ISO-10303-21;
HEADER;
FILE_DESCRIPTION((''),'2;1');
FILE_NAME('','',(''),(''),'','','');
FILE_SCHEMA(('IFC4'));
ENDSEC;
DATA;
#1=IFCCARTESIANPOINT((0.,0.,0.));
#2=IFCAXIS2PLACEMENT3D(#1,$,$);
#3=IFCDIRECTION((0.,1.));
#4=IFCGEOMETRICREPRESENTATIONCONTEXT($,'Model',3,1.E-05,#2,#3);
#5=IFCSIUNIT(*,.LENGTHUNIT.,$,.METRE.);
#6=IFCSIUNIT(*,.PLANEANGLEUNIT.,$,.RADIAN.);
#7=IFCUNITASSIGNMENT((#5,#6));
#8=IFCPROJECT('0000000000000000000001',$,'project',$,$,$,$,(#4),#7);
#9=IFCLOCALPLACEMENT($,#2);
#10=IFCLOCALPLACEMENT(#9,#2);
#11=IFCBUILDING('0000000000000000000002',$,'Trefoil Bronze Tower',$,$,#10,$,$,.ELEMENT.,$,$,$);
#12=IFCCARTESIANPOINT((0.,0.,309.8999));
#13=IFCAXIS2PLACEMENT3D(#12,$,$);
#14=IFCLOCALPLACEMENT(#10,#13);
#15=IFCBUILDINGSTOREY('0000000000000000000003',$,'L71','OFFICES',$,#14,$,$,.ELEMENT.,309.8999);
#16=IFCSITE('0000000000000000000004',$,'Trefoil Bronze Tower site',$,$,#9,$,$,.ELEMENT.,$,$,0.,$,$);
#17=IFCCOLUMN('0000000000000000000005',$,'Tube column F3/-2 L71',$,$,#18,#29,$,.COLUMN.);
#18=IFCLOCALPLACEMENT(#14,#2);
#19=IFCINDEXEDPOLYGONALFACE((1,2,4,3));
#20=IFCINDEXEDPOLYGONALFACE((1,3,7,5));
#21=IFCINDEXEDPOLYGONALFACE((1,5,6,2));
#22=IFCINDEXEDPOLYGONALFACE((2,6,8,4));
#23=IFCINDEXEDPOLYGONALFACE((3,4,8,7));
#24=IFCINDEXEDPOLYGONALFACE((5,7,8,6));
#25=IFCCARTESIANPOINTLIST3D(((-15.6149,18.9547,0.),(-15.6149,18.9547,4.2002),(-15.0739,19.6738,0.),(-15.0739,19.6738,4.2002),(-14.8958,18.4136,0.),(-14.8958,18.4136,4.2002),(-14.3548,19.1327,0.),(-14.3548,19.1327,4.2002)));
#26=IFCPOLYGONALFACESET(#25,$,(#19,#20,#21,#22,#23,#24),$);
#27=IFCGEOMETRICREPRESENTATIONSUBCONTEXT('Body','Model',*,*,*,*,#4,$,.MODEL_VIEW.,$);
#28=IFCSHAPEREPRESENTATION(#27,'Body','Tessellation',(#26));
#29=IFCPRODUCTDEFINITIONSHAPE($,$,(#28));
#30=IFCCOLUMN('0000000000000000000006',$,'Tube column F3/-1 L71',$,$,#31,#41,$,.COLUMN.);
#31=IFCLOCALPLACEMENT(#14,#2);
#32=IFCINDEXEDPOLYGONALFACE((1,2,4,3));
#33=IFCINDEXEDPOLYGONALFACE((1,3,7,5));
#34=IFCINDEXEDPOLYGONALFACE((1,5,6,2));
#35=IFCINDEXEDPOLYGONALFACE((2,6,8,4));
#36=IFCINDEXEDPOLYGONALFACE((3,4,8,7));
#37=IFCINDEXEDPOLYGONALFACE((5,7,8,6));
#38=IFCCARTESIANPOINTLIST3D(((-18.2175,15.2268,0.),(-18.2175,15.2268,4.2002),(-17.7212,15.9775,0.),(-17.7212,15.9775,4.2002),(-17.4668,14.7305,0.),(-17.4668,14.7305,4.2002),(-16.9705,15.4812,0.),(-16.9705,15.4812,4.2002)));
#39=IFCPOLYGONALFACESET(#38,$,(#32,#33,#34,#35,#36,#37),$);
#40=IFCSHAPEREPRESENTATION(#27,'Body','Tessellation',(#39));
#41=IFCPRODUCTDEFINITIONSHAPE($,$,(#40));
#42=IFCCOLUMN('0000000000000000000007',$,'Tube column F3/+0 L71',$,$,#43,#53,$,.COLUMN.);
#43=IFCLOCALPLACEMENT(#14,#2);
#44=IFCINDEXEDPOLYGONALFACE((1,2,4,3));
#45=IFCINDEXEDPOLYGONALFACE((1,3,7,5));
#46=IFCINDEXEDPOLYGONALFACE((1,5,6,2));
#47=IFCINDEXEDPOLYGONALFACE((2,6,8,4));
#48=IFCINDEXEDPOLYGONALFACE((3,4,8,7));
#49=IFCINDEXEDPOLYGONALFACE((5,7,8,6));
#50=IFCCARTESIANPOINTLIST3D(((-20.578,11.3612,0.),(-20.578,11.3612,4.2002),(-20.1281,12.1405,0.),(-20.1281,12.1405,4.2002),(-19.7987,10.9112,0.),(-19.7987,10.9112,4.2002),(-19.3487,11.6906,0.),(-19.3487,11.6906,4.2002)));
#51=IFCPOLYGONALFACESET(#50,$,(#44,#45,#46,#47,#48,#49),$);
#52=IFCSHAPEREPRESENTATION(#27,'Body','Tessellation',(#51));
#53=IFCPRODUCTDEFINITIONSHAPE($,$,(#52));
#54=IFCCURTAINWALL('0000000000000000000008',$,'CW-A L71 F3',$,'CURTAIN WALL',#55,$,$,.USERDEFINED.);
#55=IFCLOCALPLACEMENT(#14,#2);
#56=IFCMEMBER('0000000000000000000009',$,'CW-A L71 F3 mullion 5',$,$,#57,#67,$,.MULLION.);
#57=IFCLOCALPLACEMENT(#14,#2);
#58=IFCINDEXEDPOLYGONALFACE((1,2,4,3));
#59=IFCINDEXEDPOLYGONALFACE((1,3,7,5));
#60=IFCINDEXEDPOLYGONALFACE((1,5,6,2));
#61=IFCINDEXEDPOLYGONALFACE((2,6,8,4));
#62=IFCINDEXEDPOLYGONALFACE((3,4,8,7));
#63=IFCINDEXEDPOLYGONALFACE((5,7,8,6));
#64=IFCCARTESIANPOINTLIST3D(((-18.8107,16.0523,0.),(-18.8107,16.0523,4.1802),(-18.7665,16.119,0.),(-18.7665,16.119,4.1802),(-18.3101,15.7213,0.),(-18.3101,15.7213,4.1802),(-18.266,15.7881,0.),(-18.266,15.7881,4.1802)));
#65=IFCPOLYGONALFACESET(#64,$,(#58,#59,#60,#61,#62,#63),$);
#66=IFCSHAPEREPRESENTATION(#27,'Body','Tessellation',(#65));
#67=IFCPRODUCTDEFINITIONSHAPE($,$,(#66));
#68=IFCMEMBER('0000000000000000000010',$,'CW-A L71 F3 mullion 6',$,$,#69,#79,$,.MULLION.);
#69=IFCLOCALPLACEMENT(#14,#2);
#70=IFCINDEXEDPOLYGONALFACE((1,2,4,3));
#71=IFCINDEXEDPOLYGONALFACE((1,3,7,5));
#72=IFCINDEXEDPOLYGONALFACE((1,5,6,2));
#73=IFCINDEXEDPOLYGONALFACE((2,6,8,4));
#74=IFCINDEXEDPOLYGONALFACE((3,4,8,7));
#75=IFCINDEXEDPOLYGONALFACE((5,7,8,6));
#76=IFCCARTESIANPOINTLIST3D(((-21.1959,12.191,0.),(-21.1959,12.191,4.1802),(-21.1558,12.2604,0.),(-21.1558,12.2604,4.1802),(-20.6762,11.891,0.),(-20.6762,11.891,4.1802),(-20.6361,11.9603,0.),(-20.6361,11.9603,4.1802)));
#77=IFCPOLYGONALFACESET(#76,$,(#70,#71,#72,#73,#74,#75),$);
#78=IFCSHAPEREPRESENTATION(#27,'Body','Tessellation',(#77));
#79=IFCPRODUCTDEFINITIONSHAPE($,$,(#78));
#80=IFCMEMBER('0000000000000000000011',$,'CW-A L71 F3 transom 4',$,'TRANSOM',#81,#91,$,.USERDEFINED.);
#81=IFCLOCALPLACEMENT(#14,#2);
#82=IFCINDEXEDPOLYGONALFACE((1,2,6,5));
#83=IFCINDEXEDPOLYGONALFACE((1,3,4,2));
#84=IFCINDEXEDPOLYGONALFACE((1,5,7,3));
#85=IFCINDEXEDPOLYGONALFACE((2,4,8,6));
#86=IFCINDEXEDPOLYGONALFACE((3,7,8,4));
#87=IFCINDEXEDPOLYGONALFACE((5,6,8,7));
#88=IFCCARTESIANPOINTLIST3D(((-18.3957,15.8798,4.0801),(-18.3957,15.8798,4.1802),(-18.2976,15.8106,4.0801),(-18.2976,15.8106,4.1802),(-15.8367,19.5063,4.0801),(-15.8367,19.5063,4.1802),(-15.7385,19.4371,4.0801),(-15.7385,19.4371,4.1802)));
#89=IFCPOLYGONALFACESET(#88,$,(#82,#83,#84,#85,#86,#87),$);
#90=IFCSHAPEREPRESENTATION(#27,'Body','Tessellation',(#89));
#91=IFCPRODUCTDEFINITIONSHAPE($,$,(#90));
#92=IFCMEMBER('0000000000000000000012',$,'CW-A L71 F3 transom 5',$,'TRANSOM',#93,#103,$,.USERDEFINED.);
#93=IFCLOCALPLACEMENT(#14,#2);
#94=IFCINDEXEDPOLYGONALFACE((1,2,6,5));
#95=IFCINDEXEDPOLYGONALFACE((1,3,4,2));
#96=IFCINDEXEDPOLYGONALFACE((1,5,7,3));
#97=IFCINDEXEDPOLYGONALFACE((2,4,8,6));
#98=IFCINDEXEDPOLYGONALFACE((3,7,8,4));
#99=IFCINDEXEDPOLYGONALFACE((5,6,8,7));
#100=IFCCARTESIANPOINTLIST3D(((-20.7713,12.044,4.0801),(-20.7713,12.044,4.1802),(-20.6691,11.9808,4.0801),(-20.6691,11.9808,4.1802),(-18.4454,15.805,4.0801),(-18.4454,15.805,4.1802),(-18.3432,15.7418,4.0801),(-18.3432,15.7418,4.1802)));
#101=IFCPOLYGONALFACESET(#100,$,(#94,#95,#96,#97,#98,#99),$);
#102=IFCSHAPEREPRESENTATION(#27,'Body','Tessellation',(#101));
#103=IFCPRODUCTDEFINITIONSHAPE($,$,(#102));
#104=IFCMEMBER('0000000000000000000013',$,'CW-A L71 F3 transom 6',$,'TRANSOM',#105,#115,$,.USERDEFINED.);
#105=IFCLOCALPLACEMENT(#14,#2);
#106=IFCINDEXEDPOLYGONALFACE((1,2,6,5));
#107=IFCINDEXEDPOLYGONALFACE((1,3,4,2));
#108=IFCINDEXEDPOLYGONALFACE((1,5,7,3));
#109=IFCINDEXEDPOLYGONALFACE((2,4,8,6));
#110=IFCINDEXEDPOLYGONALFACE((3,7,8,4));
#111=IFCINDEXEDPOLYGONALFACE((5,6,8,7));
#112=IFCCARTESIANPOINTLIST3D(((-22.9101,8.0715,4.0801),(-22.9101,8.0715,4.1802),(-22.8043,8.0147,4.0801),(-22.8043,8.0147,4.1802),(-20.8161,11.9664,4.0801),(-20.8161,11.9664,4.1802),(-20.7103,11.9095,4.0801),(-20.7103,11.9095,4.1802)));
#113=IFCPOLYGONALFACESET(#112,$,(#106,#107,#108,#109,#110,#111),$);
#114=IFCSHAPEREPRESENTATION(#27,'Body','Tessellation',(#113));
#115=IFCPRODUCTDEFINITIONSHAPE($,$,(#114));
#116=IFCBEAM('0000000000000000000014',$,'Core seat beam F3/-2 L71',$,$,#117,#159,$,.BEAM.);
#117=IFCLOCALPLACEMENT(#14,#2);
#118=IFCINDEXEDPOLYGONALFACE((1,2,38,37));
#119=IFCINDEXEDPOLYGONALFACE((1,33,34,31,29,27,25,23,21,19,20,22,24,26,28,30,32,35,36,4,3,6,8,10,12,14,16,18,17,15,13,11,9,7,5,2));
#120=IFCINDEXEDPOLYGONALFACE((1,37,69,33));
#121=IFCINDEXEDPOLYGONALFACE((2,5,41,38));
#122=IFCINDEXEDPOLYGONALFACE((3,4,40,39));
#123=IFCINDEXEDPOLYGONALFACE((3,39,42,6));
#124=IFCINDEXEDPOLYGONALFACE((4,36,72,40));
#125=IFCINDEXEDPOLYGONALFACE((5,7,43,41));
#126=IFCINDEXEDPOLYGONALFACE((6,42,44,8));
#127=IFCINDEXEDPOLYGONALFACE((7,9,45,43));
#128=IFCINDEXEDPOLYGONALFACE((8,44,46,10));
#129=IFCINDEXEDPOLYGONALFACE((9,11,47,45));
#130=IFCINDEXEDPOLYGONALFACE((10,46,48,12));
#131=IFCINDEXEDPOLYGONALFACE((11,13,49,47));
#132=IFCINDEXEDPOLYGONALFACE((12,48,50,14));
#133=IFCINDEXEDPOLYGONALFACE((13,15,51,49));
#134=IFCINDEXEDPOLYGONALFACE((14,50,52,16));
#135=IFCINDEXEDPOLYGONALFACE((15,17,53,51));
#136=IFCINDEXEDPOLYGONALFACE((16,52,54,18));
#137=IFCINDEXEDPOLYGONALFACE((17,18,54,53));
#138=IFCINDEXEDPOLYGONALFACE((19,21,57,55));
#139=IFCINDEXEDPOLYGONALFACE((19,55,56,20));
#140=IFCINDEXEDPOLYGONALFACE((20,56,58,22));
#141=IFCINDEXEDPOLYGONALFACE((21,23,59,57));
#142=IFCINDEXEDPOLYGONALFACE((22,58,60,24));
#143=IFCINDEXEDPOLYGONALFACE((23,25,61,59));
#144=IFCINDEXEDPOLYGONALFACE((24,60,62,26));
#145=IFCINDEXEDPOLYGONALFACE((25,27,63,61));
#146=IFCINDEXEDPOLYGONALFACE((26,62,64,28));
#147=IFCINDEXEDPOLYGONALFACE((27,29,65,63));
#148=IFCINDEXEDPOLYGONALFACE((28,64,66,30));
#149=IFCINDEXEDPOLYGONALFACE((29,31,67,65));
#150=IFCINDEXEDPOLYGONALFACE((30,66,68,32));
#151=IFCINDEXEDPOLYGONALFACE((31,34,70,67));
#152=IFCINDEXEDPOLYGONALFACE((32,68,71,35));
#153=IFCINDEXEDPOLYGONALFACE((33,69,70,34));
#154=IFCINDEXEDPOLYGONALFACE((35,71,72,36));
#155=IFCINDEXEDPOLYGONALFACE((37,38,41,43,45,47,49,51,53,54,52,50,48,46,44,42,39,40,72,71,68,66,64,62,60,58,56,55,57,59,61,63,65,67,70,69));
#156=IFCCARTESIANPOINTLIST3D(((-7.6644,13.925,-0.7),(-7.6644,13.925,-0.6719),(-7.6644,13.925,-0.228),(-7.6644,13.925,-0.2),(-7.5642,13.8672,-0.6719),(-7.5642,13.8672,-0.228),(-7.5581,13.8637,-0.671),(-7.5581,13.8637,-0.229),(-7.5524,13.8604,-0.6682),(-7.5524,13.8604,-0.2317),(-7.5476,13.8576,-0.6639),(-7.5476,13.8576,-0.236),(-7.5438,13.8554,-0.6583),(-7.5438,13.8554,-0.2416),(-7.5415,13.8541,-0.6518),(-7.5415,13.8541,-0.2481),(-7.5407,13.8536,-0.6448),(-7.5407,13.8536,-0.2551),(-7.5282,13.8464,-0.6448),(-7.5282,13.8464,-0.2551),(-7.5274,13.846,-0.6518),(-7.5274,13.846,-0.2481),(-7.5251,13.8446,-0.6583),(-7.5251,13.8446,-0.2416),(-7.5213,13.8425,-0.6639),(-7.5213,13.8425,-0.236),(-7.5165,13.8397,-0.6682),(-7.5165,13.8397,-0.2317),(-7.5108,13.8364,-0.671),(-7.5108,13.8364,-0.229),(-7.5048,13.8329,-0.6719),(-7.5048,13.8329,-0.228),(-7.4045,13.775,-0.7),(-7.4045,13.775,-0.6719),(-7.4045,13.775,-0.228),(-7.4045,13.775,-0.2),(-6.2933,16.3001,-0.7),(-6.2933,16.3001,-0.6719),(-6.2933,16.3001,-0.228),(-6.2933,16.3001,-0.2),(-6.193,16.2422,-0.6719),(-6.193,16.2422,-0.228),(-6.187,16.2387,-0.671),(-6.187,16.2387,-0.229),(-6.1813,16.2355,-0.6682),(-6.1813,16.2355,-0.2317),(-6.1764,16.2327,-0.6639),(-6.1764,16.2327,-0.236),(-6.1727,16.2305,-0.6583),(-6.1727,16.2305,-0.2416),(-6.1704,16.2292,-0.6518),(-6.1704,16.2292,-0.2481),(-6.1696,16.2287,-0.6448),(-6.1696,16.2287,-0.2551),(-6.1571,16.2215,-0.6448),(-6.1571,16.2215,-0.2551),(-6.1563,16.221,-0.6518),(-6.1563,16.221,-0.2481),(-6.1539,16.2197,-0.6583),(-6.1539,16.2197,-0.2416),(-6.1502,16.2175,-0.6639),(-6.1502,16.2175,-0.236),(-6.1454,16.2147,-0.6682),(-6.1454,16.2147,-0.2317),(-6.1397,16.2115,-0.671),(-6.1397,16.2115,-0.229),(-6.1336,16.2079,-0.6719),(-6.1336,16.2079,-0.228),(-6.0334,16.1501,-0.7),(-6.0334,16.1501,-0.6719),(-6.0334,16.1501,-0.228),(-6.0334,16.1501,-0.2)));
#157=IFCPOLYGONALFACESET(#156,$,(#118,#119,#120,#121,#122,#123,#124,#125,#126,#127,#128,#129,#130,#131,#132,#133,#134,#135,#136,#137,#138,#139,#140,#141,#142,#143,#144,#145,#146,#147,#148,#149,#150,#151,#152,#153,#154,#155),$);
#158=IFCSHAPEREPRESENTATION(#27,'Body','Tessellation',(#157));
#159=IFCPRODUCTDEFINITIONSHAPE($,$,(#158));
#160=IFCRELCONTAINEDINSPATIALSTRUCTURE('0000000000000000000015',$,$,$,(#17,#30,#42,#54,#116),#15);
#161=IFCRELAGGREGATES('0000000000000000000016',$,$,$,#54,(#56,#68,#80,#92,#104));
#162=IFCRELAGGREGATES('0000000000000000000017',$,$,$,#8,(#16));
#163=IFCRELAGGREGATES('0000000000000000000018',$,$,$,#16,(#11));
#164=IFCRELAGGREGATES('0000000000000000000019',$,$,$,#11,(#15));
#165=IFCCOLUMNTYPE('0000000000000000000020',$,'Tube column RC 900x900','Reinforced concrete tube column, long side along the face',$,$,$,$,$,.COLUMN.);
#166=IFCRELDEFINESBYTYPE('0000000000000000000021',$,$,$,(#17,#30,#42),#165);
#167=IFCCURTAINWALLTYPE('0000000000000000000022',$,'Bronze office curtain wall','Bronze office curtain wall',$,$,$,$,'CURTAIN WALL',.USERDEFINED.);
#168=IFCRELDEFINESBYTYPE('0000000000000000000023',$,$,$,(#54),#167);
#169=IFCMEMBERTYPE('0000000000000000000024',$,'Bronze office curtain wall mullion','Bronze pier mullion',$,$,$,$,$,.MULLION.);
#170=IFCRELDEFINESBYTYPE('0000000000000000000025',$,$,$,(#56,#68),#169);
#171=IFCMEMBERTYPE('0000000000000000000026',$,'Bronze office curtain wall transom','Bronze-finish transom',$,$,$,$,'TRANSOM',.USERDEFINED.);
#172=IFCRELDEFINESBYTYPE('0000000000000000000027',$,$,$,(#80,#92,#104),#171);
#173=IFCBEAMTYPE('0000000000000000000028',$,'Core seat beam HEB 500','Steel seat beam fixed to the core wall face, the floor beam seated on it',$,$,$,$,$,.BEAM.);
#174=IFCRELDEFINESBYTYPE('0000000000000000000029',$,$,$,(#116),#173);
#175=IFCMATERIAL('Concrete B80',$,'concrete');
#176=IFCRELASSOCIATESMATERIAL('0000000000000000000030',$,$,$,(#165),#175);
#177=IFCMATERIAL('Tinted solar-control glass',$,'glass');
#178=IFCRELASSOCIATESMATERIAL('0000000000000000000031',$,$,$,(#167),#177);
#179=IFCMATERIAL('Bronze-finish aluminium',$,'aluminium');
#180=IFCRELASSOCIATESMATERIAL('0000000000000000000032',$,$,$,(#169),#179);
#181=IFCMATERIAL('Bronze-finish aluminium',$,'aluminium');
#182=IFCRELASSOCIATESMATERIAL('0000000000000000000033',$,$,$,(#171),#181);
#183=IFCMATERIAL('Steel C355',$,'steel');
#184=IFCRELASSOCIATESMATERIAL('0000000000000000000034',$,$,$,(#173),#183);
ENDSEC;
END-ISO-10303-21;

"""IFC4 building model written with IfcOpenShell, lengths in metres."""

from ifc_helpers import new_model, si_unit, direction, frame, origin, origin_2d, place, context, subcontext, project, spatial, rectangle, i_section, extrude, material, material_profile, profile_set, type_object, element, aggregate, save


model = new_model("IFC4")

# Units and contexts
model_context = context("Model", 3, precision=1e-05, world=origin(), true_north=direction((0.0, 1.0)))
body_context = subcontext(model_context, "Body", "Model", "MODEL_VIEW")
ifc_project = project(units=[si_unit("LENGTHUNIT", "METRE"), si_unit("PLANEANGLEUNIT", "RADIAN")], contexts=[model_context])

# Site, building, storey
site_placement = place(None, origin())
site = spatial("IfcSite", under=ifc_project, at=site_placement, Name="Trefoil Bronze Tower site", CompositionType="ELEMENT", RefElevation=0.0)
building_placement = place(site_placement, origin())
building = spatial("IfcBuilding", under=site, at=building_placement, Name="Trefoil Bronze Tower", CompositionType="ELEMENT")
storey_placement = place(building_placement, frame((0.0, 0.0, 309.8999)))
storey = spatial("IfcBuildingStorey", under=building, at=storey_placement, Name="L71", Description="OFFICES", CompositionType="ELEMENT", Elevation=309.8999)

# Columns
ifc_material_1 = material(Name="Concrete B80", Category="concrete")
ifc_material_profile_1 = material_profile(ifc_material_1, rectangle(XDim=0.8999, YDim=0.8999, at=origin_2d()), Name="RC 900x900")
ifc_profile_set_1 = profile_set([ifc_material_profile_1], Name="Concrete B80")
column_type = type_object("IfcColumnType", Name="Tube column RC 900x900", Description="Reinforced concrete tube column, long side along the face", PredefinedType="COLUMN", material=ifc_profile_set_1)
for number, where, z_axis, x_axis, name in (
    (1, (-14.9849, 19.0437, 0.0), (0.0, 0.0, 1.0), (-0.601203, -0.799096, 0.0), "Tube column F3/-2 L71"),
    (2, (-17.594, 15.354, 0.0), (0.0, 0.0, 1.0), (-0.551524, -0.834159, 0.0), "Tube column F3/-1 L71"),
    (3, (-19.9634, 11.5259, 0.0), (0.0, 0.0, 1.0), (-0.5, -0.866025, 0.0), "Tube column F3/+0 L71"),
):
    element("IfcColumn", number, at=place(storey_placement, frame(where, z_axis=z_axis, x_axis=x_axis)), inside=storey, type_object=column_type, Name=name, PredefinedType="COLUMN", context=body_context, shape_type="SweptSolid", body=[
        extrude(rectangle(XDim=0.8999, YDim=0.8999, at=origin_2d()), origin(), (0.0, 0.0, 1.0), 4.2002),
    ])

# Curtain wall, members
ifc_material_2 = material(Name="Tinted solar-control glass", Category="glass")
curtain_wall_type = type_object("IfcCurtainWallType", Name="Bronze office curtain wall", Description="Bronze office curtain wall", ElementType="CURTAIN WALL", PredefinedType="USERDEFINED", material=ifc_material_2)
curtain_wall_placement = place(storey_placement, origin())
curtain_wall = element("IfcCurtainWall", 4, at=curtain_wall_placement, inside=storey, type_object=curtain_wall_type, Name="CW-A L71 F3", ObjectType="CURTAIN WALL", PredefinedType="USERDEFINED")
ifc_material_3 = material(Name="Bronze-finish aluminium", Category="aluminium")
ifc_material_profile_2 = material_profile(ifc_material_3, rectangle(XDim=0.6001, YDim=0.0801, at=origin_2d()), Name="CW-A mullion")
ifc_profile_set_2 = profile_set([ifc_material_profile_2], Name="Bronze-finish aluminium")
member_type_1 = type_object("IfcMemberType", Name="Bronze office curtain wall mullion", Description="Bronze pier mullion", PredefinedType="MULLION", material=ifc_profile_set_2)
member_1_placement = place(storey_placement, frame((-18.5383, 15.9202, 0.0), z_axis=(0.0, 0.0, 1.0), x_axis=(0.834159, -0.551524, 0.0)))
member_1 = element("IfcMember", 5, at=member_1_placement, type_object=member_type_1, Name="CW-A L71 F3 mullion 5", PredefinedType="MULLION", context=body_context, shape_type="SweptSolid", body=[
    extrude(rectangle(XDim=0.6001, YDim=0.0801, at=origin_2d()), origin(), (0.0, 0.0, 1.0), 4.1802),
])
member_2_placement = place(storey_placement, frame((-20.916, 12.0757, 0.0), z_axis=(0.0, 0.0, 1.0), x_axis=(0.866025, -0.5, 0.0)))
member_2 = element("IfcMember", 6, at=member_2_placement, type_object=member_type_1, Name="CW-A L71 F3 mullion 6", PredefinedType="MULLION", context=body_context, shape_type="SweptSolid", body=[
    extrude(rectangle(XDim=0.6001, YDim=0.0801, at=origin_2d()), origin(), (0.0, 0.0, 1.0), 4.1802),
])
ifc_material_4 = material(Name="Bronze-finish aluminium", Category="aluminium")
ifc_material_profile_3 = material_profile(ifc_material_4, rectangle(XDim=0.1201, YDim=0.1001, at=origin_2d()), Name="CW-A transom")
ifc_profile_set_3 = profile_set([ifc_material_profile_3], Name="Bronze-finish aluminium")
member_type_2 = type_object("IfcMemberType", Name="Bronze office curtain wall transom", Description="Bronze-finish transom", ElementType="TRANSOM", PredefinedType="USERDEFINED", material=ifc_profile_set_3)
member_3_placement = place(storey_placement, frame((-15.7876, 19.4717, 4.1301), z_axis=(-0.576567, -0.81705, 0.0), x_axis=(0.81705, -0.576567, 0.0)))
member_3 = element("IfcMember", 7, at=member_3_placement, type_object=member_type_2, Name="CW-A L71 F3 transom 4", ObjectType="TRANSOM", PredefinedType="USERDEFINED", context=body_context, shape_type="SweptSolid", body=[
    extrude(rectangle(XDim=0.1201, YDim=0.1001, at=origin_2d()), origin(), (0.0, 0.0, 1.0), 4.4385),
])
member_4_placement = place(storey_placement, frame((-18.3943, 15.7734, 4.1301), z_axis=(-0.525978, -0.850498, 0.0), x_axis=(0.850498, -0.525978, 0.0)))
member_4 = element("IfcMember", 8, at=member_4_placement, type_object=member_type_2, Name="CW-A L71 F3 transom 5", ObjectType="TRANSOM", PredefinedType="USERDEFINED", context=body_context, shape_type="SweptSolid", body=[
    extrude(rectangle(XDim=0.1201, YDim=0.1001, at=origin_2d()), origin(), (0.0, 0.0, 1.0), 4.4221),
])
member_5_placement = place(storey_placement, frame((-20.7632, 11.938, 4.1301), z_axis=(-0.47354, -0.880772, 0.0), x_axis=(0.880772, -0.47354, 0.0)))
member_5 = element("IfcMember", 9, at=member_5_placement, type_object=member_type_2, Name="CW-A L71 F3 transom 6", ObjectType="TRANSOM", PredefinedType="USERDEFINED", context=body_context, shape_type="SweptSolid", body=[
    extrude(rectangle(XDim=0.1201, YDim=0.1001, at=origin_2d()), origin(), (0.0, 0.0, 1.0), 4.4221),
])

# Beam
ifc_material_5 = material(Name="Steel C355", Category="steel")
ifc_material_profile_4 = material_profile(ifc_material_5, i_section(OverallWidth=0.3, OverallDepth=0.5, WebThickness=0.0144, FlangeThickness=0.0281, FilletRadius=0.0271, at=origin_2d()), Name="HEB 500")
ifc_profile_set_4 = profile_set([ifc_material_profile_4], Name="Steel C355")
beam_type_1 = type_object("IfcBeamType", Name="Core seat beam HEB 500", Description="Steel seat beam fixed to the core wall face, the floor beam seated on it", PredefinedType="BEAM", material=ifc_profile_set_4)
for number, where, z_axis, x_axis, name in (
    (10, (-6.1633, 16.2251, -0.45), (-0.499969, -0.866043, 0.0), (0.866043, -0.499969, 0.0), "Core seat beam F3/-2 L71"),
):
    element("IfcBeam", number, at=place(storey_placement, frame(where, z_axis=z_axis, x_axis=x_axis)), inside=storey, type_object=beam_type_1, Name=name, PredefinedType="BEAM", context=body_context, shape_type="SweptSolid", body=[
        extrude(i_section(OverallWidth=0.3, OverallDepth=0.5, WebThickness=0.0144, FlangeThickness=0.0281, FilletRadius=0.0271, at=origin_2d()), origin(), (0.0, 0.0, 1.0), 2.7424),
    ])

aggregate(curtain_wall, [member_1, member_2, member_3, member_4, member_5])

save(model, "model.ifc")
